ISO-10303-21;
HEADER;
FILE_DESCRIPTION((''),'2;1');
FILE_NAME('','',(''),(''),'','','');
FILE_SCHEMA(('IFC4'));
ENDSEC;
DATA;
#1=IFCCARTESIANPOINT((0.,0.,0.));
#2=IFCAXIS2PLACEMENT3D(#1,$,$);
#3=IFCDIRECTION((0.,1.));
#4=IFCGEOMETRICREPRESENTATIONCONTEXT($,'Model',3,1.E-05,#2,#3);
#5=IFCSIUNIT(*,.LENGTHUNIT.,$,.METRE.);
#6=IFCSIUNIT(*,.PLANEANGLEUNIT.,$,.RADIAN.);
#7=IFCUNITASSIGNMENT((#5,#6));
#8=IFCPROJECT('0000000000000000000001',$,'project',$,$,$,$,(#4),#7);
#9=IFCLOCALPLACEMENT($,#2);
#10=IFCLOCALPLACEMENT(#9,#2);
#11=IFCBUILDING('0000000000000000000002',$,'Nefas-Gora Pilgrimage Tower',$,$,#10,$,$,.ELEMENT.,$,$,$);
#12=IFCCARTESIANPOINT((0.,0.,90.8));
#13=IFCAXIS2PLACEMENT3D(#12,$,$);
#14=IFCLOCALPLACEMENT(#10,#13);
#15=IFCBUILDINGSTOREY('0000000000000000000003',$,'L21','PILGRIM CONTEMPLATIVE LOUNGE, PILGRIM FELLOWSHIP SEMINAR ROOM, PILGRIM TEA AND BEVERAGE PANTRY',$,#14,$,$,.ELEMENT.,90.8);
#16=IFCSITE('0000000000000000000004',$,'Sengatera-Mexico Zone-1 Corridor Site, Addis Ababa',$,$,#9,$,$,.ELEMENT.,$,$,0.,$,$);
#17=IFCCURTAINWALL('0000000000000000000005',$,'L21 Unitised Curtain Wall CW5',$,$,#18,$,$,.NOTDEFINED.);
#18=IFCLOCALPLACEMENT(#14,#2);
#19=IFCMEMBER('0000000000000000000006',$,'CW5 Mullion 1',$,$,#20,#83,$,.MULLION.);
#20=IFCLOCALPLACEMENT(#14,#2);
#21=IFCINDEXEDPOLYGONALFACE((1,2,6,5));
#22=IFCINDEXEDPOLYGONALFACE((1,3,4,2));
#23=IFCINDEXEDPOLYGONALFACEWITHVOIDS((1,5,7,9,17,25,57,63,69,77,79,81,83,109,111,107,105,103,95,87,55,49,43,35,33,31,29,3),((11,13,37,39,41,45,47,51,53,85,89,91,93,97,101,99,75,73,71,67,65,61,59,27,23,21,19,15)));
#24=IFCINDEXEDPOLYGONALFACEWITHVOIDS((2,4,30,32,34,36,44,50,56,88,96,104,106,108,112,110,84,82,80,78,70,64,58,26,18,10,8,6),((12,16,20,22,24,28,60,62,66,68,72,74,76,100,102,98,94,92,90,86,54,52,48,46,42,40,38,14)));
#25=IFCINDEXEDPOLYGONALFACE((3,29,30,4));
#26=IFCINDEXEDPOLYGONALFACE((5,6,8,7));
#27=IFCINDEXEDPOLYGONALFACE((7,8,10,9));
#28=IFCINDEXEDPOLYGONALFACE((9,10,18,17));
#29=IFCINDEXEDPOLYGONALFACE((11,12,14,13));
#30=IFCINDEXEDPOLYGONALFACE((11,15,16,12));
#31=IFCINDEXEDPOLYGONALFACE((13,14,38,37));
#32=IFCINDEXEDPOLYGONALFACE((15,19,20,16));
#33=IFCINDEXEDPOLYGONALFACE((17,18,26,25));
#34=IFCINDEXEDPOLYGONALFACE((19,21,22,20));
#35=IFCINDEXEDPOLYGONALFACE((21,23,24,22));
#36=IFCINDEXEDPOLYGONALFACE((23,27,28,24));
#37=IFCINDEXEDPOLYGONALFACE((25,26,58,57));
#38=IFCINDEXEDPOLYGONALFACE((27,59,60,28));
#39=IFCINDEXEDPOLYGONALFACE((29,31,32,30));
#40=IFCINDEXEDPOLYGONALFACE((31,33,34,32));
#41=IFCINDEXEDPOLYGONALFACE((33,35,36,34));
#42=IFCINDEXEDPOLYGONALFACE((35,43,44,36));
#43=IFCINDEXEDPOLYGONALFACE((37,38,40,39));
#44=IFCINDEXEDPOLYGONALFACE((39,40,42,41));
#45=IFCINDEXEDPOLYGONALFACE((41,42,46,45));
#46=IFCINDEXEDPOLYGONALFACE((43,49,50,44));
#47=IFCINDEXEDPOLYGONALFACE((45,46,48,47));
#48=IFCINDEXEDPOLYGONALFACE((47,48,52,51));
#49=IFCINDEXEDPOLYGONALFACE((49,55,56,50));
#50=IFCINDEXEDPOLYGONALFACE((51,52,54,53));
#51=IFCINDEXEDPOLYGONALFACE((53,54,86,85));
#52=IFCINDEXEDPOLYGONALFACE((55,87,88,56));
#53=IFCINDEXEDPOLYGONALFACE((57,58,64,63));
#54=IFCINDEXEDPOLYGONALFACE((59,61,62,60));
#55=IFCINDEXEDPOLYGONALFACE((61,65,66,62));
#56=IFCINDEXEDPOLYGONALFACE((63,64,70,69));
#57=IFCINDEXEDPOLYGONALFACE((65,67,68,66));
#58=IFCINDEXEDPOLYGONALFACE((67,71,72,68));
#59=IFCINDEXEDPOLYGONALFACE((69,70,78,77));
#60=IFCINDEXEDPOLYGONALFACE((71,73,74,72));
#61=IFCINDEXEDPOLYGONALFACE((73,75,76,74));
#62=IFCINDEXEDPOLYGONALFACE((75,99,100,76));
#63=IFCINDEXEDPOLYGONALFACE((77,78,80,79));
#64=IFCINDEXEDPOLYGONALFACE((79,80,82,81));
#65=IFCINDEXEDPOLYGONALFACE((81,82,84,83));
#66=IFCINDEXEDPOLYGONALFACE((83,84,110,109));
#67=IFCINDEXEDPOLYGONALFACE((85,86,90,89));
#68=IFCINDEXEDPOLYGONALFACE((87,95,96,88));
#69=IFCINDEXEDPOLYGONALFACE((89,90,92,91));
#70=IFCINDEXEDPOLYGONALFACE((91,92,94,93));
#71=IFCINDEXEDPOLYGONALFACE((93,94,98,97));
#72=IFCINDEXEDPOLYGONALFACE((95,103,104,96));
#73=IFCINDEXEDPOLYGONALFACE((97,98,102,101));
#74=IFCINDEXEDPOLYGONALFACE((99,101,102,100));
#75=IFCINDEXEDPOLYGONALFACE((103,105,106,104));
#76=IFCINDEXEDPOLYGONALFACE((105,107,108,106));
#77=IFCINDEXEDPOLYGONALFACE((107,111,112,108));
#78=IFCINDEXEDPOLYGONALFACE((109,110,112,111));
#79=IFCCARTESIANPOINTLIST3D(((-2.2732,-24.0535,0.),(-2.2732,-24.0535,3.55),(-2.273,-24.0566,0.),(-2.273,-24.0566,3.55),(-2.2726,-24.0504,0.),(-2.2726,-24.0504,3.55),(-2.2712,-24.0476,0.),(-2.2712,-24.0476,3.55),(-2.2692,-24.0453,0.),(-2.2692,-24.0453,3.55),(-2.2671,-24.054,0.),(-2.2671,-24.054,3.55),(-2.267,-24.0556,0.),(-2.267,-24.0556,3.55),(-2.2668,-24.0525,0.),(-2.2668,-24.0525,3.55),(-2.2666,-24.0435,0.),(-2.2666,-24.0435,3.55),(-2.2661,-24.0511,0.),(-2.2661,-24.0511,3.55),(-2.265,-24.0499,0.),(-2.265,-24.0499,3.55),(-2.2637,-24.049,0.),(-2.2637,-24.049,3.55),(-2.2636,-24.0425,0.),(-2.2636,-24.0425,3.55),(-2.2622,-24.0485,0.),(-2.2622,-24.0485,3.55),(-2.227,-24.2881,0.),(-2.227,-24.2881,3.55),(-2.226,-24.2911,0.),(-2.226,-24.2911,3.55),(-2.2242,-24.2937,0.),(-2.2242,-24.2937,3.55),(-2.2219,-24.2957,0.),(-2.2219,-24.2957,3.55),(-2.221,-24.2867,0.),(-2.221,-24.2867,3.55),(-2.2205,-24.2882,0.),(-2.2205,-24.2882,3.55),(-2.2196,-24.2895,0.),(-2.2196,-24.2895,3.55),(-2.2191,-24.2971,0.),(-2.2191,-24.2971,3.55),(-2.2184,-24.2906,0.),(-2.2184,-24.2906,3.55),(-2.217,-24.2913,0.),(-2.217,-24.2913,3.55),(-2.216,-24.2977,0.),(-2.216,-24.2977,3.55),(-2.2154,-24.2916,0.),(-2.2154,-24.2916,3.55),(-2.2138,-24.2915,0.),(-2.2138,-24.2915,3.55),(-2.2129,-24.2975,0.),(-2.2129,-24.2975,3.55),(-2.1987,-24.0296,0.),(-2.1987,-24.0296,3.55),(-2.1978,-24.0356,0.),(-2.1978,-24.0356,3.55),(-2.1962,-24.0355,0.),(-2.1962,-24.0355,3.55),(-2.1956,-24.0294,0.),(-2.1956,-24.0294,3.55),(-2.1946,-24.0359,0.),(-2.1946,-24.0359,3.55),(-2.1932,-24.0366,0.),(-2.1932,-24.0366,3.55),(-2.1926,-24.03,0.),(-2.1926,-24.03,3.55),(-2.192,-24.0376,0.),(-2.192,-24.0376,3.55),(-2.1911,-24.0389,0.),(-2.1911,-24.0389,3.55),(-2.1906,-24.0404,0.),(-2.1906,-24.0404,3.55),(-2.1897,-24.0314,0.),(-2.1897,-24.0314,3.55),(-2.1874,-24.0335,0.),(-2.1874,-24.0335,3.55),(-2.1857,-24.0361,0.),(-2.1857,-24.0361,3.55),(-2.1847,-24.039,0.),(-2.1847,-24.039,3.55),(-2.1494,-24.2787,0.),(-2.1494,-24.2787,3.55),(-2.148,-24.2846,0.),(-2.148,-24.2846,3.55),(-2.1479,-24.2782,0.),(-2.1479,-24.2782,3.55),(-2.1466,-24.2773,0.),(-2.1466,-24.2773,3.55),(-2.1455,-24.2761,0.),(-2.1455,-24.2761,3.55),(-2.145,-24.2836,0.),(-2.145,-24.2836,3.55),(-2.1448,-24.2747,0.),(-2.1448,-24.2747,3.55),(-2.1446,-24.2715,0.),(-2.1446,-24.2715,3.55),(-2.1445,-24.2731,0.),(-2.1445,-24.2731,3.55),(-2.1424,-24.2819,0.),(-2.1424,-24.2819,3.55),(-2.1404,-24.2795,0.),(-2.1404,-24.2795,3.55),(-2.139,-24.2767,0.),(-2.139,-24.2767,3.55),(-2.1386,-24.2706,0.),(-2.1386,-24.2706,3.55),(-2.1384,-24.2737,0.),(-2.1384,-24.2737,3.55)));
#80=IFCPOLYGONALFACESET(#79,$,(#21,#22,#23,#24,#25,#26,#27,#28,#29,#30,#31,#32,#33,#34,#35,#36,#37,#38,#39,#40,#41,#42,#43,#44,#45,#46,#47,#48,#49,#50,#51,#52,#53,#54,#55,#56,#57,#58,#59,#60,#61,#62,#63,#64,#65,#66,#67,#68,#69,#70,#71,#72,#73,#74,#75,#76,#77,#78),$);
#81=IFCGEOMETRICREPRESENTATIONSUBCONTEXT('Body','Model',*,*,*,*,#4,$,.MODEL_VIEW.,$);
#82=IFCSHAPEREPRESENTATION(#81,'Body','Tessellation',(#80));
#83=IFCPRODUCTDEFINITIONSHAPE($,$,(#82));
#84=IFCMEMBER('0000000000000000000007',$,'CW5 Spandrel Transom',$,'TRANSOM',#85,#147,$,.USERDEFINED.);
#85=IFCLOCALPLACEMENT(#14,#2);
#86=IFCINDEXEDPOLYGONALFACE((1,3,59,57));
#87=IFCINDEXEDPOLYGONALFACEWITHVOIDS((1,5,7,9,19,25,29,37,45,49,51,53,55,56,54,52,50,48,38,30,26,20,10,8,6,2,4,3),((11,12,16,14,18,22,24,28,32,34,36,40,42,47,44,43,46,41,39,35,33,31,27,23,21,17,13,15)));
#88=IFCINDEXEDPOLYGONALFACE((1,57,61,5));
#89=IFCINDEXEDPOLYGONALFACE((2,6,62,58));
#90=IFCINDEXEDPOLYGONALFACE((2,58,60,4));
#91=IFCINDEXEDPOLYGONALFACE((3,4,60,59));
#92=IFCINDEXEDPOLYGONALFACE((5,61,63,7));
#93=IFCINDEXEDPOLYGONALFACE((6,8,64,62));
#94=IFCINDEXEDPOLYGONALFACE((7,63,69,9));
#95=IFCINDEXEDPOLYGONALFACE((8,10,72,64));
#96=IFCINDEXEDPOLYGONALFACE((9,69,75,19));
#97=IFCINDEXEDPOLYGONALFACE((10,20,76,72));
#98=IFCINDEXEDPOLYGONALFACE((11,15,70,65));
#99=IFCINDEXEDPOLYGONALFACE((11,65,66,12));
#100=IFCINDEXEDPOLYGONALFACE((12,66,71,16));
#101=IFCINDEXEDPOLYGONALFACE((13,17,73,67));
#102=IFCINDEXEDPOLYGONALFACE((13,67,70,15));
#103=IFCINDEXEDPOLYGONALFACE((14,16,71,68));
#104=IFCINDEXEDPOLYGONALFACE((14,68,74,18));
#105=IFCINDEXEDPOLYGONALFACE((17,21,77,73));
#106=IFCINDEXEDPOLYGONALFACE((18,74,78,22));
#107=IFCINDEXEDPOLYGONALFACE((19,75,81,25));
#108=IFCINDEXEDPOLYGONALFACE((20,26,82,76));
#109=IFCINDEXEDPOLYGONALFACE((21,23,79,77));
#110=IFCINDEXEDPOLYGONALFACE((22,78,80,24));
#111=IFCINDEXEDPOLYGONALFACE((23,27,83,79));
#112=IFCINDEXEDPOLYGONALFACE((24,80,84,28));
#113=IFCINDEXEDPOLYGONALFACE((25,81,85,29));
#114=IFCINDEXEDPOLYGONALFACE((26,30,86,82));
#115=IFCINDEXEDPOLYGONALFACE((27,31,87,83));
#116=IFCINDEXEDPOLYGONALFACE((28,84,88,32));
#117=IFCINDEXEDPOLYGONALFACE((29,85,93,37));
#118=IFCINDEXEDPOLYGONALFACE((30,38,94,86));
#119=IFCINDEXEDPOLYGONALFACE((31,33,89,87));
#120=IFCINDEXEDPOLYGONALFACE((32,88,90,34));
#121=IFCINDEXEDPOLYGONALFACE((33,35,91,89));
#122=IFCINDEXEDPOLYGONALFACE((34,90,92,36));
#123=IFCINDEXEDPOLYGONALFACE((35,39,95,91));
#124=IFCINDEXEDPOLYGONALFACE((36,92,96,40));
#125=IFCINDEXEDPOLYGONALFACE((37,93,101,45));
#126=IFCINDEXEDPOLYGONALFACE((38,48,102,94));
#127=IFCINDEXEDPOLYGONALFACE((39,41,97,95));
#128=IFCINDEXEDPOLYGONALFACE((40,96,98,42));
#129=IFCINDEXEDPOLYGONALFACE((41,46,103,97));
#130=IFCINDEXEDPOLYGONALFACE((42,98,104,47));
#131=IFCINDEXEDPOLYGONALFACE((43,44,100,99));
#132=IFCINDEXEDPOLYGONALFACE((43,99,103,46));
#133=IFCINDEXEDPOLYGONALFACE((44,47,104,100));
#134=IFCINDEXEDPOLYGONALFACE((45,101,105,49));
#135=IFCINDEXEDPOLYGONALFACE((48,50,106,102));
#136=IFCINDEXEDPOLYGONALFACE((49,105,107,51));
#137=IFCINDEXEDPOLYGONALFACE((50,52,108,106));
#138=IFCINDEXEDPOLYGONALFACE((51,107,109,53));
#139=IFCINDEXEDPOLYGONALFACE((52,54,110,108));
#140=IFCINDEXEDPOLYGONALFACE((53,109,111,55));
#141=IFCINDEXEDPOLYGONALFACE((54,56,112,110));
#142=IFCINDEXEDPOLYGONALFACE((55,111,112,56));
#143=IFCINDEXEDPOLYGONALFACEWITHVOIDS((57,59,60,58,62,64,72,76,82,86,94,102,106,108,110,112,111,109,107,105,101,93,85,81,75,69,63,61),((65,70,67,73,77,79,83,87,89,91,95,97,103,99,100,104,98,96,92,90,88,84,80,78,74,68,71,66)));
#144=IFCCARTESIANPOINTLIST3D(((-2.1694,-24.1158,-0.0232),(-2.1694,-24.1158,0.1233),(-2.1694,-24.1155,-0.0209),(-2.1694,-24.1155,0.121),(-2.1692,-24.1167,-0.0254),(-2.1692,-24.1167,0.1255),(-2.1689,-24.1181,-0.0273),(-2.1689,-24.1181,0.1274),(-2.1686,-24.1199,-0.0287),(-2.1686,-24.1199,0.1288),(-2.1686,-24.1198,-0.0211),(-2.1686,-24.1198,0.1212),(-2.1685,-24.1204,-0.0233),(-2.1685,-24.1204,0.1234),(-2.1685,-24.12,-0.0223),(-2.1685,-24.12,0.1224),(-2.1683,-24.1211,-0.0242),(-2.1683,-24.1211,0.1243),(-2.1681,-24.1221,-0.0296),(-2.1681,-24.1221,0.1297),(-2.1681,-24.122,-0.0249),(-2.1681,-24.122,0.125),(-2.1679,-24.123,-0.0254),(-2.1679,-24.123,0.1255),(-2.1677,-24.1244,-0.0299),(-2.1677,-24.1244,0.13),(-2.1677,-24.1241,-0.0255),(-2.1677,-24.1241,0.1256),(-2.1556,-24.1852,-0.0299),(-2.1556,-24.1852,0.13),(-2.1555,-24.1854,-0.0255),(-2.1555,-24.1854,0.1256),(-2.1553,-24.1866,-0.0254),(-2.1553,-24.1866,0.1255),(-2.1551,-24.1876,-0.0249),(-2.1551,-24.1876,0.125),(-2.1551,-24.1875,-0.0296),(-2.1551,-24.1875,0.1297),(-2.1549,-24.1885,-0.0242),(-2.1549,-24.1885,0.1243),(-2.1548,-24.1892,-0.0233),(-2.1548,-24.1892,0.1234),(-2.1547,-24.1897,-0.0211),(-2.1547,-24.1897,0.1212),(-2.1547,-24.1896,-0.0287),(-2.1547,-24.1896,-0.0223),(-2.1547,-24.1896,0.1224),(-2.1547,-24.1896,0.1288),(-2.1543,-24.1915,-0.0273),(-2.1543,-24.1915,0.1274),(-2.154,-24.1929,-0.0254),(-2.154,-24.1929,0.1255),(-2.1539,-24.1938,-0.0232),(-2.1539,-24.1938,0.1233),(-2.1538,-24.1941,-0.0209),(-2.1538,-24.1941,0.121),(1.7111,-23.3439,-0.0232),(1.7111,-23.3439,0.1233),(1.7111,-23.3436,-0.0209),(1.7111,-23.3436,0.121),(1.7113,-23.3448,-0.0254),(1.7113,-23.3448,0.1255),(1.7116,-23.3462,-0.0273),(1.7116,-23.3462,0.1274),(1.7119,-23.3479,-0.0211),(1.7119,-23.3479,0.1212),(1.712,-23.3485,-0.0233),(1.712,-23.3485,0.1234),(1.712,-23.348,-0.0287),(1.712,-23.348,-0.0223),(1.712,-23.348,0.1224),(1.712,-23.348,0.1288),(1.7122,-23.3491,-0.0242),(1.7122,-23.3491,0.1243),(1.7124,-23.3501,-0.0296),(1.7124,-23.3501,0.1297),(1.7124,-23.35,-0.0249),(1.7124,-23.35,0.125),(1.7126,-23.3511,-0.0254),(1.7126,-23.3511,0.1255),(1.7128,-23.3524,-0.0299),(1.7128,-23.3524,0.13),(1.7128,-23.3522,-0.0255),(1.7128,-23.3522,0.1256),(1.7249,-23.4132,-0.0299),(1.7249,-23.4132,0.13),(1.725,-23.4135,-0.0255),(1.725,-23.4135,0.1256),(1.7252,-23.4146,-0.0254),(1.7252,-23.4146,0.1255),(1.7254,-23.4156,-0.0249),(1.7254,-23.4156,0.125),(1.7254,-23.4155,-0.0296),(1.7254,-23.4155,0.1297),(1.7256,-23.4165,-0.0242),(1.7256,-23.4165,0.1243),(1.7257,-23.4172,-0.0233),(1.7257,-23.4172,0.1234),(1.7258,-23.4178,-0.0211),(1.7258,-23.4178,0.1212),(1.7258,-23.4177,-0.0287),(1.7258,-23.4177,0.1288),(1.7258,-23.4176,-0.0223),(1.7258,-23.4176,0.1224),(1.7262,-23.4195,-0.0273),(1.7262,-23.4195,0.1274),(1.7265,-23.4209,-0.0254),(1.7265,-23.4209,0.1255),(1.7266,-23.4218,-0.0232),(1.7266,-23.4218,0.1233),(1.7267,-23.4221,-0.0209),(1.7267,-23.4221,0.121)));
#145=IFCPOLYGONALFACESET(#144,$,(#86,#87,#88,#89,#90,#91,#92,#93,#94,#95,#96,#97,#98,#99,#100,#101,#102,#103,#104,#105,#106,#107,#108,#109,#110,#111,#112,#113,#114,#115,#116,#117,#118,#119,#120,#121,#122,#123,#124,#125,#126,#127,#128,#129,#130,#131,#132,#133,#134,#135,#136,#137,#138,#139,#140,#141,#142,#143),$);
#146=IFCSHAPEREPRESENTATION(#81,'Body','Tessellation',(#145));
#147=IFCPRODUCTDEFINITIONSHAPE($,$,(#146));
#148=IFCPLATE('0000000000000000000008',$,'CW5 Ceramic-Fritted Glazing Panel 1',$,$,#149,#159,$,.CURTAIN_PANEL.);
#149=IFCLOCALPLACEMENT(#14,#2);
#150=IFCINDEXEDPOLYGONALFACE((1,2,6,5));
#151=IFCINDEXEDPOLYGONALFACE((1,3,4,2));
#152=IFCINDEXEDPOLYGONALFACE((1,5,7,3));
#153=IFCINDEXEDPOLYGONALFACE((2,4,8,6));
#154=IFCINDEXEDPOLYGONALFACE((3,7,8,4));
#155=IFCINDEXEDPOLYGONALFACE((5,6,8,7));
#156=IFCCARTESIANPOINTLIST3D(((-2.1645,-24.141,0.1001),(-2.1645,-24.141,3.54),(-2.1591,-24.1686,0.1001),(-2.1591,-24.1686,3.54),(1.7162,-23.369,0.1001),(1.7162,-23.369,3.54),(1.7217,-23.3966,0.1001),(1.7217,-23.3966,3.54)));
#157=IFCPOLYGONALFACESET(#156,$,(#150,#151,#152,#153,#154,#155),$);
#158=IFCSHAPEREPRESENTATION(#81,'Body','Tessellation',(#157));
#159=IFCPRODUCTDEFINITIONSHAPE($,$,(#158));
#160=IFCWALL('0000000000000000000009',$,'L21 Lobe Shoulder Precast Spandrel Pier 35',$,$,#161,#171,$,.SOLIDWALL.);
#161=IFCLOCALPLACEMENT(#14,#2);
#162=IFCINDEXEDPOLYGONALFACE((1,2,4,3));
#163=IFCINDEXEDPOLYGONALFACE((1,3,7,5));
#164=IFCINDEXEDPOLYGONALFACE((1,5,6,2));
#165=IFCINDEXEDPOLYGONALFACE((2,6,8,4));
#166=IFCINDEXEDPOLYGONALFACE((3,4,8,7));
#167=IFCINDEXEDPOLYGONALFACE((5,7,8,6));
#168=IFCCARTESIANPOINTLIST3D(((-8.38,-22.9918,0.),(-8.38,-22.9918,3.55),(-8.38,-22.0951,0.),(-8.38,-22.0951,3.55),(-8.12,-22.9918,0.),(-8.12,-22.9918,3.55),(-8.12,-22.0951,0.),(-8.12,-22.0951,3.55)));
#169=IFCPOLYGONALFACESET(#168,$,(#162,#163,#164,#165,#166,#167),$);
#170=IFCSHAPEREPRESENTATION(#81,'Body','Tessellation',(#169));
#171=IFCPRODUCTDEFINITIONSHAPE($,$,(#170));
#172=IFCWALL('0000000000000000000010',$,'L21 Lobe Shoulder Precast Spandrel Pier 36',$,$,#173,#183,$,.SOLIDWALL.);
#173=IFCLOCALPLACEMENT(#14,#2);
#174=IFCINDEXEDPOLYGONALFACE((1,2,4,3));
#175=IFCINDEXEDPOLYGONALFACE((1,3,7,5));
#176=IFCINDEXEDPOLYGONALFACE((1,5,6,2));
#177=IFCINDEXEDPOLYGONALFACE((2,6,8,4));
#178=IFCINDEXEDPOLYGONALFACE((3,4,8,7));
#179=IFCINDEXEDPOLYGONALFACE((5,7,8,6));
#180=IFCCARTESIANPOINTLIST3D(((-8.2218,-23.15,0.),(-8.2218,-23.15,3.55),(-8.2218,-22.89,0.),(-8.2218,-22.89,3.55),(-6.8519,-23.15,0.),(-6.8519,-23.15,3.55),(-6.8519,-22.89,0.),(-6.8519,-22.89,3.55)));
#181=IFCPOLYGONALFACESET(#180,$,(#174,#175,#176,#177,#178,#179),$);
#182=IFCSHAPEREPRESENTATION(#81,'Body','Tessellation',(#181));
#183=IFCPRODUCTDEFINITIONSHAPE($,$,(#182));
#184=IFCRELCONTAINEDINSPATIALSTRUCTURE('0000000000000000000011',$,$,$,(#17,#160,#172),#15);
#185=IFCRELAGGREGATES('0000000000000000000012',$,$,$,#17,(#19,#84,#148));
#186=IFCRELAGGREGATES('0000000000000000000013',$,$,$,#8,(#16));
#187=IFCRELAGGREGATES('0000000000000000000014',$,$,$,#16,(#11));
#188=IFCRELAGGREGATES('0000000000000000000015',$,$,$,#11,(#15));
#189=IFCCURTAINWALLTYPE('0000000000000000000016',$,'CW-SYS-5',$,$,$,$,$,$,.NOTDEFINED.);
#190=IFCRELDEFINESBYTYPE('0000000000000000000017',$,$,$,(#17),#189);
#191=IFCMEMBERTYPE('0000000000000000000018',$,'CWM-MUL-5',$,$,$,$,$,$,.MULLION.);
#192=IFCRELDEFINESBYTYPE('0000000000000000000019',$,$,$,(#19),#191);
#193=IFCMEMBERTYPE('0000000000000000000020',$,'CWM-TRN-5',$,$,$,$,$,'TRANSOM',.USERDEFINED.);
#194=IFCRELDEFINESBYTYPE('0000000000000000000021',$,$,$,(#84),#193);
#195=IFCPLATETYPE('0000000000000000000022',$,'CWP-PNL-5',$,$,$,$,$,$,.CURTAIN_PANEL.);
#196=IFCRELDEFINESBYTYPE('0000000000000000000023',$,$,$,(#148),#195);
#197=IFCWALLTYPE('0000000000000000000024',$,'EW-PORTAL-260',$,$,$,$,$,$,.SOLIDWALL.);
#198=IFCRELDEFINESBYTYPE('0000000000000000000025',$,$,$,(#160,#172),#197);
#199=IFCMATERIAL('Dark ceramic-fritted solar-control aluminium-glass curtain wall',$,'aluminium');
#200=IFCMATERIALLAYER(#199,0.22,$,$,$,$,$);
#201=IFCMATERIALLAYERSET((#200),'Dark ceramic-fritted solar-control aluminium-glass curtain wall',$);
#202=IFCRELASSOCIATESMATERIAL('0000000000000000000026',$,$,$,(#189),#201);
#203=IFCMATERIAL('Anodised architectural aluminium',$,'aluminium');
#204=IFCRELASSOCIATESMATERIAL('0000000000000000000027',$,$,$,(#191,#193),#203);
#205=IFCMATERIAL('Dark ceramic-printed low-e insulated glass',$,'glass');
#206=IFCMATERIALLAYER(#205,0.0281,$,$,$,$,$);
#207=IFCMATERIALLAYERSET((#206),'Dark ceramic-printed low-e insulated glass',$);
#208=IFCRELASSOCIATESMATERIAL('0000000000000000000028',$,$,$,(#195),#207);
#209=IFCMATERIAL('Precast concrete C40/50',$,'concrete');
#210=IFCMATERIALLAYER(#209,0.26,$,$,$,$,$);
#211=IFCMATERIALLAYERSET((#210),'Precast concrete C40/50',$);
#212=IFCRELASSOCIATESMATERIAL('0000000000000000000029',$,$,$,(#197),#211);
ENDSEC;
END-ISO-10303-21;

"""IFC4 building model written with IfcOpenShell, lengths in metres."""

from ifc_helpers import new_model, si_unit, direction, frame, frame_2d, origin, origin_2d, place, context, subcontext, project, spatial, rectangle, hollow_rectangle, extrude, source, transform, mapped, material, layer, layer_set, material_profile, profile_set, type_object, element, aggregate, save


model = new_model("IFC4")

# Units and contexts
model_context = context("Model", 3, precision=1e-05, world=origin(), true_north=direction((0.0, 1.0)))
body_context = subcontext(model_context, "Body", "Model", "MODEL_VIEW")
ifc_project = project(units=[si_unit("LENGTHUNIT", "METRE"), si_unit("PLANEANGLEUNIT", "RADIAN")], contexts=[model_context])

# Site, building, storey
site_placement = place(None, origin())
site = spatial("IfcSite", under=ifc_project, at=site_placement, Name="Sengatera-Mexico Zone-1 Corridor Site, Addis Ababa", CompositionType="ELEMENT", RefElevation=0.0)
building_placement = place(site_placement, origin())
building = spatial("IfcBuilding", under=site, at=building_placement, Name="Nefas-Gora Pilgrimage Tower", CompositionType="ELEMENT")
storey_placement = place(building_placement, frame((0.0, 0.0, 90.8)))
storey = spatial("IfcBuildingStorey", under=building, at=storey_placement, Name="L21", Description="PILGRIM CONTEMPLATIVE LOUNGE, PILGRIM FELLOWSHIP SEMINAR ROOM, PILGRIM TEA AND BEVERAGE PANTRY", CompositionType="ELEMENT", Elevation=90.8)

# Curtain wall, members, plate
ifc_material_1 = material(Name="Dark ceramic-fritted solar-control aluminium-glass curtain wall", Category="aluminium")
ifc_layer_1 = layer(ifc_material_1, 0.22)
ifc_layer_set_1 = layer_set([ifc_layer_1], Name="Dark ceramic-fritted solar-control aluminium-glass curtain wall")
curtain_wall_type = type_object("IfcCurtainWallType", Name="CW-SYS-5", PredefinedType="NOTDEFINED", material=ifc_layer_set_1)
curtain_wall_placement = place(storey_placement, origin())
curtain_wall = element("IfcCurtainWall", 1, at=curtain_wall_placement, inside=storey, type_object=curtain_wall_type, Name="L21 Unitised Curtain Wall CW5", PredefinedType="NOTDEFINED")
ifc_material_2 = material(Name="Anodised architectural aluminium", Category="aluminium")
ifc_material_profile_1 = material_profile(ifc_material_2, hollow_rectangle(XDim=0.0901, YDim=0.26, WallThickness=0.0061, InnerFilletRadius=0.0061, OuterFilletRadius=0.012, at=origin_2d()), Name="ALU MULLION 90x260")
ifc_profile_set_1 = profile_set([ifc_material_profile_1], Name="Anodised architectural aluminium")
member_type_1 = type_object("IfcMemberType", Name="CWM-MUL-5", PredefinedType="MULLION", material=ifc_profile_set_1)
shared_shape_1 = source(origin(), body_context, "Body", "SweptSolid", [
    extrude(hollow_rectangle(XDim=0.0901, YDim=0.26, WallThickness=0.0061, InnerFilletRadius=0.0061, OuterFilletRadius=0.012, at=origin_2d()), origin(), (0.0, 0.0, 1.0), 3.55),
])
member_1_placement = place(storey_placement, frame((-2.2058, -24.1636, 0.0), z_axis=(0.0, 0.0, 1.0), x_axis=(0.980783, 0.195102, 0.0)))
member_1 = element("IfcMember", 2, at=member_1_placement, type_object=member_type_1, Name="CW5 Mullion 1", PredefinedType="MULLION", context=body_context, shape_type="MappedRepresentation", body=[
    mapped(shared_shape_1, transform((0.0, 0.0, 0.0), x_axis=(1.0, 0.0, 0.0), y_axis=(0.0, 1.0, 0.0), z_axis=(0.0, 0.0, 1.0), scale=1.0)),
])
ifc_material_profile_2 = material_profile(ifc_material_2, hollow_rectangle(XDim=0.0801, YDim=0.1599, WallThickness=0.0044, InnerFilletRadius=0.0044, OuterFilletRadius=0.009, at=origin_2d()), Name="ALU TRANSOM 80x160")
ifc_profile_set_2 = profile_set([ifc_material_profile_2], Name="Anodised architectural aluminium")
member_type_2 = type_object("IfcMemberType", Name="CWM-TRN-5", ElementType="TRANSOM", PredefinedType="USERDEFINED", material=ifc_profile_set_2)
shared_shape_2 = source(origin(), body_context, "Body", "SweptSolid", [
    extrude(hollow_rectangle(XDim=0.0801, YDim=0.1599, WallThickness=0.0044, InnerFilletRadius=0.0044, OuterFilletRadius=0.009, at=origin_2d()), origin(), (0.0, 0.0, 1.0), 3.9565),
])
member_2_placement = place(storey_placement, frame((-2.1616, -24.1548, 0.05), z_axis=(0.980782, 0.195107, 0.0), x_axis=(-0.195107, 0.980782, 0.0)))
member_2 = element("IfcMember", 3, at=member_2_placement, type_object=member_type_2, Name="CW5 Spandrel Transom", ObjectType="TRANSOM", PredefinedType="USERDEFINED", context=body_context, shape_type="MappedRepresentation", body=[
    mapped(shared_shape_2, transform((0.0, 0.0, 0.0), x_axis=(1.0, 0.0, 0.0), y_axis=(0.0, 1.0, 0.0), z_axis=(0.0, 0.0, 1.0), scale=1.0)),
])
ifc_material_3 = material(Name="Dark ceramic-printed low-e insulated glass", Category="glass")
ifc_layer_2 = layer(ifc_material_3, 0.0281)
ifc_layer_set_2 = layer_set([ifc_layer_2], Name="Dark ceramic-printed low-e insulated glass")
plate_type = type_object("IfcPlateType", Name="CWP-PNL-5", PredefinedType="CURTAIN_PANEL", material=ifc_layer_set_2)
shared_shape_3 = source(origin(), body_context, "Body", "SweptSolid", [
    extrude(rectangle(XDim=3.9568, YDim=0.0281, at=origin_2d()), origin(), (0.0, 0.0, 1.0), 3.4399),
])
plate_placement = place(storey_placement, frame((-0.2214, -23.7688, 0.1001), z_axis=(0.0, 0.0, 1.0), x_axis=(0.980783, 0.195102, 0.0)))
plate = element("IfcPlate", 4, at=plate_placement, type_object=plate_type, Name="CW5 Ceramic-Fritted Glazing Panel 1", PredefinedType="CURTAIN_PANEL", context=body_context, shape_type="MappedRepresentation", body=[
    mapped(shared_shape_3, transform((0.0, 0.0, 0.0), x_axis=(1.0, 0.0, 0.0), y_axis=(0.0, 1.0, 0.0), z_axis=(0.0, 0.0, 1.0), scale=1.0)),
])
aggregate(curtain_wall, [member_1, member_2, plate])

# Walls
ifc_material_4 = material(Name="Precast concrete C40/50", Category="concrete")
ifc_layer_3 = layer(ifc_material_4, 0.26)
ifc_layer_set_3 = layer_set([ifc_layer_3], Name="Precast concrete C40/50")
wall_type_1 = type_object("IfcWallType", Name="EW-PORTAL-260", PredefinedType="SOLIDWALL", material=ifc_layer_set_3)
shared_shape_4 = source(origin(), body_context, "Body", "SweptSolid", [
    extrude(rectangle(XDim=0.8967, YDim=0.26, at=frame_2d((0.4482, 0.0))), origin(), (0.0, 0.0, 1.0), 3.55),
])
wall_1_placement = place(storey_placement, frame((-8.25, -22.0952, 0.0), z_axis=(0.0, 0.0, 1.0), x_axis=(0.0, -1.0, 0.0)))
element("IfcWall", 5, at=wall_1_placement, inside=storey, type_object=wall_type_1, Name="L21 Lobe Shoulder Precast Spandrel Pier 35", PredefinedType="SOLIDWALL", context=body_context, shape_type="MappedRepresentation", body=[
    mapped(shared_shape_4, transform((0.0, 0.0, 0.0), x_axis=(1.0, 0.0, 0.0), y_axis=(0.0, 1.0, 0.0), z_axis=(0.0, 0.0, 1.0), scale=1.0)),
])
shared_shape_5 = source(origin(), body_context, "Body", "SweptSolid", [
    extrude(rectangle(XDim=1.3699, YDim=0.26, at=frame_2d((0.6851, 0.0))), origin(), (0.0, 0.0, 1.0), 3.55),
])
wall_2_placement = place(storey_placement, frame((-8.2219, -23.02, 0.0), z_axis=(0.0, 0.0, 1.0), x_axis=(1.0, 0.0, 0.0)))
element("IfcWall", 6, at=wall_2_placement, inside=storey, type_object=wall_type_1, Name="L21 Lobe Shoulder Precast Spandrel Pier 36", PredefinedType="SOLIDWALL", context=body_context, shape_type="MappedRepresentation", body=[
    mapped(shared_shape_5, transform((0.0, 0.0, 0.0), x_axis=(1.0, 0.0, 0.0), y_axis=(0.0, 1.0, 0.0), z_axis=(0.0, 0.0, 1.0), scale=1.0)),
])

save(model, "model.ifc")
